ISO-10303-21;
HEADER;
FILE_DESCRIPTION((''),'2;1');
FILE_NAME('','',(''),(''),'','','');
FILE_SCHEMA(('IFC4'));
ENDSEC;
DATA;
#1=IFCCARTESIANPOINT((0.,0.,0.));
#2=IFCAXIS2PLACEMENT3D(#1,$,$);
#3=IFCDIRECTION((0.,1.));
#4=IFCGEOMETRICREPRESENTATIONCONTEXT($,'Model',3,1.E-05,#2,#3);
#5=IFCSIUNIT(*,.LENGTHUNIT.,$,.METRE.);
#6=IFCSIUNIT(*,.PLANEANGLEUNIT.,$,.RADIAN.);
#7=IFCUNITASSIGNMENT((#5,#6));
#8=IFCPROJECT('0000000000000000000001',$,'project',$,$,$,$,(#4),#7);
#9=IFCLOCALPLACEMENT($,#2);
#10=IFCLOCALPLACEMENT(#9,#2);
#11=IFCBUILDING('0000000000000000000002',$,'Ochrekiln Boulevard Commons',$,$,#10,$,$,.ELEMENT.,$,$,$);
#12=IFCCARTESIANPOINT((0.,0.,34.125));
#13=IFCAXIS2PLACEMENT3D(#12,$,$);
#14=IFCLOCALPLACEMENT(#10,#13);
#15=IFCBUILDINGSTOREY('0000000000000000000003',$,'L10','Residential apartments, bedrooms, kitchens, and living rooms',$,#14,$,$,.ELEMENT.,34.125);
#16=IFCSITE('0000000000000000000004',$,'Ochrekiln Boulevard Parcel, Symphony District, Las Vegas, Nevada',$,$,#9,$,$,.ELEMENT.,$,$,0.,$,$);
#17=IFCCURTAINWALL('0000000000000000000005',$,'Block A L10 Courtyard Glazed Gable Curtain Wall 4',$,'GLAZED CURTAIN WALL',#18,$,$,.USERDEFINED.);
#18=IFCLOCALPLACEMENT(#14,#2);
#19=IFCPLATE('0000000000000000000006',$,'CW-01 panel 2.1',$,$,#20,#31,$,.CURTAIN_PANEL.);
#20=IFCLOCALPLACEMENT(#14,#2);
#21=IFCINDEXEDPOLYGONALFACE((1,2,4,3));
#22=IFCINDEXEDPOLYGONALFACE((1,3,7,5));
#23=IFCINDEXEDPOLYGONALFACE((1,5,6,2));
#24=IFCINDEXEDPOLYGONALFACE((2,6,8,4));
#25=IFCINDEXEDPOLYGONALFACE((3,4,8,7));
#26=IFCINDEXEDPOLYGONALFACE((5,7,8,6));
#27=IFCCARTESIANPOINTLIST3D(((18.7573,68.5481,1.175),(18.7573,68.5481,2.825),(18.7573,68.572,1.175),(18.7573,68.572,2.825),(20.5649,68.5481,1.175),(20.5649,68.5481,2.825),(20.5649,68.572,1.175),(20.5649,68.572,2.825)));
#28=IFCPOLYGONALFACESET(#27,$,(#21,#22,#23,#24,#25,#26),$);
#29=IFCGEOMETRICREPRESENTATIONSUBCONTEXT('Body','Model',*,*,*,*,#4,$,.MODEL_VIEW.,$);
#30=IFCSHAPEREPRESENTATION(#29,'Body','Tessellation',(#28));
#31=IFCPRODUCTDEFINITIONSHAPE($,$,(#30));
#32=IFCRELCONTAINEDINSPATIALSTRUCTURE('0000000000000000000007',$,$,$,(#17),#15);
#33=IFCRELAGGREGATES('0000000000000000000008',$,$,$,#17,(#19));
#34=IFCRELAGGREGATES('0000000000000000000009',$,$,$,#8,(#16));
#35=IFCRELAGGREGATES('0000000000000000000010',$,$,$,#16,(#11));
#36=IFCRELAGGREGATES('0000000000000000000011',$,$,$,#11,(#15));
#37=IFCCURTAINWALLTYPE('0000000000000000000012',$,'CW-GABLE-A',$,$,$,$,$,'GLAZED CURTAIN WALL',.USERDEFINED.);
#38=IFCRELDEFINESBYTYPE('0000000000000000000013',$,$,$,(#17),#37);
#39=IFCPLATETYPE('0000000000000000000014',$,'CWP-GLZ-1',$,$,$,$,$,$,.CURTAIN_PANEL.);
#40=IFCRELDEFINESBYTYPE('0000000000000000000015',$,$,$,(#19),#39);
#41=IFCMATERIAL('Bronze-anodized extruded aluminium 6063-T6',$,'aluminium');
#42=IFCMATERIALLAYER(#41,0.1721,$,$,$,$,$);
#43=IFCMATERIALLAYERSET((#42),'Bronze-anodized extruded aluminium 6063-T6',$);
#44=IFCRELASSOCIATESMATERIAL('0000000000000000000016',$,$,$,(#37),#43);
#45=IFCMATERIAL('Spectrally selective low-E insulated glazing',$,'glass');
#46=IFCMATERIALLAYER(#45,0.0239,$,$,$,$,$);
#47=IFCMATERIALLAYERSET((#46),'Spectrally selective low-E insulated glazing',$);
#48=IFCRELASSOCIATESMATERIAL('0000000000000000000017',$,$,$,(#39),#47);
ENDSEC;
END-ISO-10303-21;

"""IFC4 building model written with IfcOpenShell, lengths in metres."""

from ifc_helpers import new_model, si_unit, direction, frame, origin, origin_2d, place, context, subcontext, project, spatial, rectangle, extrude, material, layer, layer_set, type_object, element, aggregate, save


model = new_model("IFC4")

# Units and contexts
model_context = context("Model", 3, precision=1e-05, world=origin(), true_north=direction((0.0, 1.0)))
body_context = subcontext(model_context, "Body", "Model", "MODEL_VIEW")
ifc_project = project(units=[si_unit("LENGTHUNIT", "METRE"), si_unit("PLANEANGLEUNIT", "RADIAN")], contexts=[model_context])

# Site, building, storey
site_placement = place(None, origin())
site = spatial("IfcSite", under=ifc_project, at=site_placement, Name="Ochrekiln Boulevard Parcel, Symphony District, Las Vegas, Nevada", CompositionType="ELEMENT", RefElevation=0.0)
building_placement = place(site_placement, origin())
building = spatial("IfcBuilding", under=site, at=building_placement, Name="Ochrekiln Boulevard Commons", CompositionType="ELEMENT")
storey_placement = place(building_placement, frame((0.0, 0.0, 34.125)))
storey = spatial("IfcBuildingStorey", under=building, at=storey_placement, Name="L10", Description="Residential apartments, bedrooms, kitchens, and living rooms", CompositionType="ELEMENT", Elevation=34.125)

# Curtain wall
ifc_material_1 = material(Name="Bronze-anodized extruded aluminium 6063-T6", Category="aluminium")
ifc_layer_1 = layer(ifc_material_1, 0.1721)
ifc_layer_set_1 = layer_set([ifc_layer_1], Name="Bronze-anodized extruded aluminium 6063-T6")
curtain_wall_type = type_object("IfcCurtainWallType", Name="CW-GABLE-A", ElementType="GLAZED CURTAIN WALL", PredefinedType="USERDEFINED", material=ifc_layer_set_1)
curtain_wall_placement = place(storey_placement, origin())
curtain_wall = element("IfcCurtainWall", 1, at=curtain_wall_placement, inside=storey, type_object=curtain_wall_type, Name="Block A L10 Courtyard Glazed Gable Curtain Wall 4", ObjectType="GLAZED CURTAIN WALL", PredefinedType="USERDEFINED")

# Plate
ifc_material_2 = material(Name="Spectrally selective low-E insulated glazing", Category="glass")
ifc_layer_2 = layer(ifc_material_2, 0.0239)
ifc_layer_set_2 = layer_set([ifc_layer_2], Name="Spectrally selective low-E insulated glazing")
plate_type = type_object("IfcPlateType", Name="CWP-GLZ-1", PredefinedType="CURTAIN_PANEL", material=ifc_layer_set_2)
plate_1_placement = place(storey_placement, frame((19.6611, 68.5601, 1.175), z_axis=(0.0, 0.0, 1.0), x_axis=(1.0, 0.0, 0.0)))
plate_1 = element("IfcPlate", 2, at=plate_1_placement, type_object=plate_type, Name="CW-01 panel 2.1", PredefinedType="CURTAIN_PANEL", context=body_context, shape_type="SweptSolid", body=[
    extrude(rectangle(XDim=1.8076, YDim=0.0239, at=origin_2d()), origin(), (0.0, 0.0, 1.0), 1.6499),
])
aggregate(curtain_wall, [plate_1])

save(model, "model.ifc")
